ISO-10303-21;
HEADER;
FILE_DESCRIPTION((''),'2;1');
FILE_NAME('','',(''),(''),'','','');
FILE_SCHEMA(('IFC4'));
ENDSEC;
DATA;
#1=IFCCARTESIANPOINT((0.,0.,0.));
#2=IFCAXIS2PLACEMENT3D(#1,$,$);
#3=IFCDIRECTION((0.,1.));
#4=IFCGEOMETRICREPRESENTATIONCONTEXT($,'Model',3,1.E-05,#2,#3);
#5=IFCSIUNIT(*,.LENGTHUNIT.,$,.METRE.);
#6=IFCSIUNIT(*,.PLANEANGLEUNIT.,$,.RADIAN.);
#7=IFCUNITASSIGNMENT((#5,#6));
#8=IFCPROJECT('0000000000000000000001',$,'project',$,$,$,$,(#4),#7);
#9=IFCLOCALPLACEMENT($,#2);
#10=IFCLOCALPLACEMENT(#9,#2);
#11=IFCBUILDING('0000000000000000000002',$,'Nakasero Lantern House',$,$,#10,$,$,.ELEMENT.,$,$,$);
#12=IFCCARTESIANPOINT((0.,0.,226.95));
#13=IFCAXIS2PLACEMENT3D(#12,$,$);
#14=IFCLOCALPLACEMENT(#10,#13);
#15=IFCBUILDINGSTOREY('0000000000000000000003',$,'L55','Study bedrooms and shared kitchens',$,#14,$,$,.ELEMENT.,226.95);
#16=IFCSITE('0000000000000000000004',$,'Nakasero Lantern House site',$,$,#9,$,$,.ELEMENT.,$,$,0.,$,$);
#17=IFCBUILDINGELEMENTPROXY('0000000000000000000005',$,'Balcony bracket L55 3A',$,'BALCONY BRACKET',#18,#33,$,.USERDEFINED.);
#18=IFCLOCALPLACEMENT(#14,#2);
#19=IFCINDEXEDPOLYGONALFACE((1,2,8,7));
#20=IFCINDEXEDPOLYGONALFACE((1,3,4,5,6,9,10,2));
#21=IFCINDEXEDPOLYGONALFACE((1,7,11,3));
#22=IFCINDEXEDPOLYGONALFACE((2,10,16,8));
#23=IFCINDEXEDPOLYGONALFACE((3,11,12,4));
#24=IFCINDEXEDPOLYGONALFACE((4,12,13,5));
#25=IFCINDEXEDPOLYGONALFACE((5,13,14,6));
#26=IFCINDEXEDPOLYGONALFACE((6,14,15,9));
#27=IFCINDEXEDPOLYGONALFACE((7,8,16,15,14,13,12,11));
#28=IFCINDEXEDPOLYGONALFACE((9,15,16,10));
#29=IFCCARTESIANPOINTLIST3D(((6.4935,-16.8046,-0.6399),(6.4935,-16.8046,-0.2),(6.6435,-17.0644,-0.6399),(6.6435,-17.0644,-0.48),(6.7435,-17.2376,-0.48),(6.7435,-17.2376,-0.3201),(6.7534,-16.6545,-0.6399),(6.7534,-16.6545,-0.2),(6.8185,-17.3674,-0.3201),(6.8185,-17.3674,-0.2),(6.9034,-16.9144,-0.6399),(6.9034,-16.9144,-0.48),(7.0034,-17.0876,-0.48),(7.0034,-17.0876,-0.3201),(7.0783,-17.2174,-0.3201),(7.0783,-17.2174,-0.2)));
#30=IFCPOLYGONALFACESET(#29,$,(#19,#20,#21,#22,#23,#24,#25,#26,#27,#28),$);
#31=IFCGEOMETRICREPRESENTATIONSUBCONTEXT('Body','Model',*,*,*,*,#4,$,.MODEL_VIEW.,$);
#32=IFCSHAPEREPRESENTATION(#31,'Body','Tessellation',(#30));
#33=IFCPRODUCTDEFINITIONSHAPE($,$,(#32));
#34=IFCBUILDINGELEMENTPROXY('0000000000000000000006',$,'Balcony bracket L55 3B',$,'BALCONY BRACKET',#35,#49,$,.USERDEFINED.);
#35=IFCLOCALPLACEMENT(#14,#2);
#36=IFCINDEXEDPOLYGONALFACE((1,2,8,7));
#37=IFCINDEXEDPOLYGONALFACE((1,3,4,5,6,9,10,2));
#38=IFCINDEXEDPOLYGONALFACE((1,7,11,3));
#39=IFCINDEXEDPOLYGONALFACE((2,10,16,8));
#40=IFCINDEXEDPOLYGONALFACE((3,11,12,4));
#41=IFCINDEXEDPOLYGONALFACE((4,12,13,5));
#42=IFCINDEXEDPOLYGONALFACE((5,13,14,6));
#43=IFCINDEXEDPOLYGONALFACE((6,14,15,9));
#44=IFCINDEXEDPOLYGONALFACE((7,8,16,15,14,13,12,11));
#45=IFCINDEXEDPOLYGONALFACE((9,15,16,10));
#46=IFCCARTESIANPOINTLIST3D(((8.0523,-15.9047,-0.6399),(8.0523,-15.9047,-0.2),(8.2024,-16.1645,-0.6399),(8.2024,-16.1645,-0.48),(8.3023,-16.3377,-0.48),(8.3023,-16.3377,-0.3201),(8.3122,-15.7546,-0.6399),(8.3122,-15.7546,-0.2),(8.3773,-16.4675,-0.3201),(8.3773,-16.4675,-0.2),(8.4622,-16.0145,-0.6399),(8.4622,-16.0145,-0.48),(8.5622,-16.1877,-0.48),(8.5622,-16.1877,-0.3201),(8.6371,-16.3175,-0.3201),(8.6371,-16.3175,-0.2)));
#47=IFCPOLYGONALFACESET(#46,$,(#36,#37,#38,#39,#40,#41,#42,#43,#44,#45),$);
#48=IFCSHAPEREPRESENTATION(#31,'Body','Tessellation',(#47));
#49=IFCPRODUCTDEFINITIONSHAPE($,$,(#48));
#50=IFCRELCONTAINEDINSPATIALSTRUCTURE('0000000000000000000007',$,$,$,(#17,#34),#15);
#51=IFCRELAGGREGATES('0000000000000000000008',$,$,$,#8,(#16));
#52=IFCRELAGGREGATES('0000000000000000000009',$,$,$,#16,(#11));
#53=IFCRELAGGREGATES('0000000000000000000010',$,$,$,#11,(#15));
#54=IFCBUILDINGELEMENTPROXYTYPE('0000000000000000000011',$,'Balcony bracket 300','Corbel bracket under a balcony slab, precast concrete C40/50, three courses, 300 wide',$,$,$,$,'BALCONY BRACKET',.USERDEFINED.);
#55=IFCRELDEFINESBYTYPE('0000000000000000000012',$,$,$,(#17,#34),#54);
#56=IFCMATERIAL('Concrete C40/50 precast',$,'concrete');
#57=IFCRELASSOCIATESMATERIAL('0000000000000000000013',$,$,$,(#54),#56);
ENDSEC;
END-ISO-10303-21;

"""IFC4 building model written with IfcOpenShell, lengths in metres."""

from ifc_helpers import new_model, si_unit, direction, frame, origin, place, context, subcontext, project, spatial, polyline, outline, extrude, material, type_object, element, save


model = new_model("IFC4")

# Units and contexts
model_context = context("Model", 3, precision=1e-05, world=origin(), true_north=direction((0.0, 1.0)))
body_context = subcontext(model_context, "Body", "Model", "MODEL_VIEW")
ifc_project = project(units=[si_unit("LENGTHUNIT", "METRE"), si_unit("PLANEANGLEUNIT", "RADIAN")], contexts=[model_context])

# Site, building, storey
site_placement = place(None, origin())
site = spatial("IfcSite", under=ifc_project, at=site_placement, Name="Nakasero Lantern House site", CompositionType="ELEMENT", RefElevation=0.0)
building_placement = place(site_placement, origin())
building = spatial("IfcBuilding", under=site, at=building_placement, Name="Nakasero Lantern House", CompositionType="ELEMENT")
storey_placement = place(building_placement, frame((0.0, 0.0, 226.95)))
storey = spatial("IfcBuildingStorey", under=building, at=storey_placement, Name="L55", Description="Study bedrooms and shared kitchens", CompositionType="ELEMENT", Elevation=226.95)

# Building element proxies
ifc_material_1 = material(Name="Concrete C40/50 precast", Category="concrete")
building_element_proxy_type = type_object("IfcBuildingElementProxyType", Name="Balcony bracket 300", Description="Corbel bracket under a balcony slab, precast concrete C40/50, three courses, 300 wide", ElementType="BALCONY BRACKET", PredefinedType="USERDEFINED", material=ifc_material_1)
for number, where, z_axis, x_axis, name in (
    (1, (6.6235, -16.7295, -0.2), (0.0, 0.0, 1.0), (0.5, -0.866025, 0.0), "Balcony bracket L55 3A"),
    (2, (8.1824, -15.8296, -0.2), (0.0, 0.0, 1.0), (0.5, -0.866025, 0.0), "Balcony bracket L55 3B"),
):
    element("IfcBuildingElementProxy", number, at=place(storey_placement, frame(where, z_axis=z_axis, x_axis=x_axis)), inside=storey, type_object=building_element_proxy_type, Name=name, ObjectType="BALCONY BRACKET", PredefinedType="USERDEFINED", context=body_context, shape_type="SweptSolid", body=[
        extrude(outline(polyline([(0.0, 0.0), (0.6499, 0.0), (0.6499, -0.1201), (0.5, -0.1201), (0.5, -0.28), (0.3, -0.28), (0.3, -0.4399), (0.0, -0.4399), (0.0, 0.0)])), frame((0.0, 0.1499, 0.0), z_axis=(0.0, -1.0, 0.0), x_axis=(1.0, 0.0, 0.0)), (0.0, 0.0, 1.0), 0.3),
    ])

save(model, "model.ifc")
